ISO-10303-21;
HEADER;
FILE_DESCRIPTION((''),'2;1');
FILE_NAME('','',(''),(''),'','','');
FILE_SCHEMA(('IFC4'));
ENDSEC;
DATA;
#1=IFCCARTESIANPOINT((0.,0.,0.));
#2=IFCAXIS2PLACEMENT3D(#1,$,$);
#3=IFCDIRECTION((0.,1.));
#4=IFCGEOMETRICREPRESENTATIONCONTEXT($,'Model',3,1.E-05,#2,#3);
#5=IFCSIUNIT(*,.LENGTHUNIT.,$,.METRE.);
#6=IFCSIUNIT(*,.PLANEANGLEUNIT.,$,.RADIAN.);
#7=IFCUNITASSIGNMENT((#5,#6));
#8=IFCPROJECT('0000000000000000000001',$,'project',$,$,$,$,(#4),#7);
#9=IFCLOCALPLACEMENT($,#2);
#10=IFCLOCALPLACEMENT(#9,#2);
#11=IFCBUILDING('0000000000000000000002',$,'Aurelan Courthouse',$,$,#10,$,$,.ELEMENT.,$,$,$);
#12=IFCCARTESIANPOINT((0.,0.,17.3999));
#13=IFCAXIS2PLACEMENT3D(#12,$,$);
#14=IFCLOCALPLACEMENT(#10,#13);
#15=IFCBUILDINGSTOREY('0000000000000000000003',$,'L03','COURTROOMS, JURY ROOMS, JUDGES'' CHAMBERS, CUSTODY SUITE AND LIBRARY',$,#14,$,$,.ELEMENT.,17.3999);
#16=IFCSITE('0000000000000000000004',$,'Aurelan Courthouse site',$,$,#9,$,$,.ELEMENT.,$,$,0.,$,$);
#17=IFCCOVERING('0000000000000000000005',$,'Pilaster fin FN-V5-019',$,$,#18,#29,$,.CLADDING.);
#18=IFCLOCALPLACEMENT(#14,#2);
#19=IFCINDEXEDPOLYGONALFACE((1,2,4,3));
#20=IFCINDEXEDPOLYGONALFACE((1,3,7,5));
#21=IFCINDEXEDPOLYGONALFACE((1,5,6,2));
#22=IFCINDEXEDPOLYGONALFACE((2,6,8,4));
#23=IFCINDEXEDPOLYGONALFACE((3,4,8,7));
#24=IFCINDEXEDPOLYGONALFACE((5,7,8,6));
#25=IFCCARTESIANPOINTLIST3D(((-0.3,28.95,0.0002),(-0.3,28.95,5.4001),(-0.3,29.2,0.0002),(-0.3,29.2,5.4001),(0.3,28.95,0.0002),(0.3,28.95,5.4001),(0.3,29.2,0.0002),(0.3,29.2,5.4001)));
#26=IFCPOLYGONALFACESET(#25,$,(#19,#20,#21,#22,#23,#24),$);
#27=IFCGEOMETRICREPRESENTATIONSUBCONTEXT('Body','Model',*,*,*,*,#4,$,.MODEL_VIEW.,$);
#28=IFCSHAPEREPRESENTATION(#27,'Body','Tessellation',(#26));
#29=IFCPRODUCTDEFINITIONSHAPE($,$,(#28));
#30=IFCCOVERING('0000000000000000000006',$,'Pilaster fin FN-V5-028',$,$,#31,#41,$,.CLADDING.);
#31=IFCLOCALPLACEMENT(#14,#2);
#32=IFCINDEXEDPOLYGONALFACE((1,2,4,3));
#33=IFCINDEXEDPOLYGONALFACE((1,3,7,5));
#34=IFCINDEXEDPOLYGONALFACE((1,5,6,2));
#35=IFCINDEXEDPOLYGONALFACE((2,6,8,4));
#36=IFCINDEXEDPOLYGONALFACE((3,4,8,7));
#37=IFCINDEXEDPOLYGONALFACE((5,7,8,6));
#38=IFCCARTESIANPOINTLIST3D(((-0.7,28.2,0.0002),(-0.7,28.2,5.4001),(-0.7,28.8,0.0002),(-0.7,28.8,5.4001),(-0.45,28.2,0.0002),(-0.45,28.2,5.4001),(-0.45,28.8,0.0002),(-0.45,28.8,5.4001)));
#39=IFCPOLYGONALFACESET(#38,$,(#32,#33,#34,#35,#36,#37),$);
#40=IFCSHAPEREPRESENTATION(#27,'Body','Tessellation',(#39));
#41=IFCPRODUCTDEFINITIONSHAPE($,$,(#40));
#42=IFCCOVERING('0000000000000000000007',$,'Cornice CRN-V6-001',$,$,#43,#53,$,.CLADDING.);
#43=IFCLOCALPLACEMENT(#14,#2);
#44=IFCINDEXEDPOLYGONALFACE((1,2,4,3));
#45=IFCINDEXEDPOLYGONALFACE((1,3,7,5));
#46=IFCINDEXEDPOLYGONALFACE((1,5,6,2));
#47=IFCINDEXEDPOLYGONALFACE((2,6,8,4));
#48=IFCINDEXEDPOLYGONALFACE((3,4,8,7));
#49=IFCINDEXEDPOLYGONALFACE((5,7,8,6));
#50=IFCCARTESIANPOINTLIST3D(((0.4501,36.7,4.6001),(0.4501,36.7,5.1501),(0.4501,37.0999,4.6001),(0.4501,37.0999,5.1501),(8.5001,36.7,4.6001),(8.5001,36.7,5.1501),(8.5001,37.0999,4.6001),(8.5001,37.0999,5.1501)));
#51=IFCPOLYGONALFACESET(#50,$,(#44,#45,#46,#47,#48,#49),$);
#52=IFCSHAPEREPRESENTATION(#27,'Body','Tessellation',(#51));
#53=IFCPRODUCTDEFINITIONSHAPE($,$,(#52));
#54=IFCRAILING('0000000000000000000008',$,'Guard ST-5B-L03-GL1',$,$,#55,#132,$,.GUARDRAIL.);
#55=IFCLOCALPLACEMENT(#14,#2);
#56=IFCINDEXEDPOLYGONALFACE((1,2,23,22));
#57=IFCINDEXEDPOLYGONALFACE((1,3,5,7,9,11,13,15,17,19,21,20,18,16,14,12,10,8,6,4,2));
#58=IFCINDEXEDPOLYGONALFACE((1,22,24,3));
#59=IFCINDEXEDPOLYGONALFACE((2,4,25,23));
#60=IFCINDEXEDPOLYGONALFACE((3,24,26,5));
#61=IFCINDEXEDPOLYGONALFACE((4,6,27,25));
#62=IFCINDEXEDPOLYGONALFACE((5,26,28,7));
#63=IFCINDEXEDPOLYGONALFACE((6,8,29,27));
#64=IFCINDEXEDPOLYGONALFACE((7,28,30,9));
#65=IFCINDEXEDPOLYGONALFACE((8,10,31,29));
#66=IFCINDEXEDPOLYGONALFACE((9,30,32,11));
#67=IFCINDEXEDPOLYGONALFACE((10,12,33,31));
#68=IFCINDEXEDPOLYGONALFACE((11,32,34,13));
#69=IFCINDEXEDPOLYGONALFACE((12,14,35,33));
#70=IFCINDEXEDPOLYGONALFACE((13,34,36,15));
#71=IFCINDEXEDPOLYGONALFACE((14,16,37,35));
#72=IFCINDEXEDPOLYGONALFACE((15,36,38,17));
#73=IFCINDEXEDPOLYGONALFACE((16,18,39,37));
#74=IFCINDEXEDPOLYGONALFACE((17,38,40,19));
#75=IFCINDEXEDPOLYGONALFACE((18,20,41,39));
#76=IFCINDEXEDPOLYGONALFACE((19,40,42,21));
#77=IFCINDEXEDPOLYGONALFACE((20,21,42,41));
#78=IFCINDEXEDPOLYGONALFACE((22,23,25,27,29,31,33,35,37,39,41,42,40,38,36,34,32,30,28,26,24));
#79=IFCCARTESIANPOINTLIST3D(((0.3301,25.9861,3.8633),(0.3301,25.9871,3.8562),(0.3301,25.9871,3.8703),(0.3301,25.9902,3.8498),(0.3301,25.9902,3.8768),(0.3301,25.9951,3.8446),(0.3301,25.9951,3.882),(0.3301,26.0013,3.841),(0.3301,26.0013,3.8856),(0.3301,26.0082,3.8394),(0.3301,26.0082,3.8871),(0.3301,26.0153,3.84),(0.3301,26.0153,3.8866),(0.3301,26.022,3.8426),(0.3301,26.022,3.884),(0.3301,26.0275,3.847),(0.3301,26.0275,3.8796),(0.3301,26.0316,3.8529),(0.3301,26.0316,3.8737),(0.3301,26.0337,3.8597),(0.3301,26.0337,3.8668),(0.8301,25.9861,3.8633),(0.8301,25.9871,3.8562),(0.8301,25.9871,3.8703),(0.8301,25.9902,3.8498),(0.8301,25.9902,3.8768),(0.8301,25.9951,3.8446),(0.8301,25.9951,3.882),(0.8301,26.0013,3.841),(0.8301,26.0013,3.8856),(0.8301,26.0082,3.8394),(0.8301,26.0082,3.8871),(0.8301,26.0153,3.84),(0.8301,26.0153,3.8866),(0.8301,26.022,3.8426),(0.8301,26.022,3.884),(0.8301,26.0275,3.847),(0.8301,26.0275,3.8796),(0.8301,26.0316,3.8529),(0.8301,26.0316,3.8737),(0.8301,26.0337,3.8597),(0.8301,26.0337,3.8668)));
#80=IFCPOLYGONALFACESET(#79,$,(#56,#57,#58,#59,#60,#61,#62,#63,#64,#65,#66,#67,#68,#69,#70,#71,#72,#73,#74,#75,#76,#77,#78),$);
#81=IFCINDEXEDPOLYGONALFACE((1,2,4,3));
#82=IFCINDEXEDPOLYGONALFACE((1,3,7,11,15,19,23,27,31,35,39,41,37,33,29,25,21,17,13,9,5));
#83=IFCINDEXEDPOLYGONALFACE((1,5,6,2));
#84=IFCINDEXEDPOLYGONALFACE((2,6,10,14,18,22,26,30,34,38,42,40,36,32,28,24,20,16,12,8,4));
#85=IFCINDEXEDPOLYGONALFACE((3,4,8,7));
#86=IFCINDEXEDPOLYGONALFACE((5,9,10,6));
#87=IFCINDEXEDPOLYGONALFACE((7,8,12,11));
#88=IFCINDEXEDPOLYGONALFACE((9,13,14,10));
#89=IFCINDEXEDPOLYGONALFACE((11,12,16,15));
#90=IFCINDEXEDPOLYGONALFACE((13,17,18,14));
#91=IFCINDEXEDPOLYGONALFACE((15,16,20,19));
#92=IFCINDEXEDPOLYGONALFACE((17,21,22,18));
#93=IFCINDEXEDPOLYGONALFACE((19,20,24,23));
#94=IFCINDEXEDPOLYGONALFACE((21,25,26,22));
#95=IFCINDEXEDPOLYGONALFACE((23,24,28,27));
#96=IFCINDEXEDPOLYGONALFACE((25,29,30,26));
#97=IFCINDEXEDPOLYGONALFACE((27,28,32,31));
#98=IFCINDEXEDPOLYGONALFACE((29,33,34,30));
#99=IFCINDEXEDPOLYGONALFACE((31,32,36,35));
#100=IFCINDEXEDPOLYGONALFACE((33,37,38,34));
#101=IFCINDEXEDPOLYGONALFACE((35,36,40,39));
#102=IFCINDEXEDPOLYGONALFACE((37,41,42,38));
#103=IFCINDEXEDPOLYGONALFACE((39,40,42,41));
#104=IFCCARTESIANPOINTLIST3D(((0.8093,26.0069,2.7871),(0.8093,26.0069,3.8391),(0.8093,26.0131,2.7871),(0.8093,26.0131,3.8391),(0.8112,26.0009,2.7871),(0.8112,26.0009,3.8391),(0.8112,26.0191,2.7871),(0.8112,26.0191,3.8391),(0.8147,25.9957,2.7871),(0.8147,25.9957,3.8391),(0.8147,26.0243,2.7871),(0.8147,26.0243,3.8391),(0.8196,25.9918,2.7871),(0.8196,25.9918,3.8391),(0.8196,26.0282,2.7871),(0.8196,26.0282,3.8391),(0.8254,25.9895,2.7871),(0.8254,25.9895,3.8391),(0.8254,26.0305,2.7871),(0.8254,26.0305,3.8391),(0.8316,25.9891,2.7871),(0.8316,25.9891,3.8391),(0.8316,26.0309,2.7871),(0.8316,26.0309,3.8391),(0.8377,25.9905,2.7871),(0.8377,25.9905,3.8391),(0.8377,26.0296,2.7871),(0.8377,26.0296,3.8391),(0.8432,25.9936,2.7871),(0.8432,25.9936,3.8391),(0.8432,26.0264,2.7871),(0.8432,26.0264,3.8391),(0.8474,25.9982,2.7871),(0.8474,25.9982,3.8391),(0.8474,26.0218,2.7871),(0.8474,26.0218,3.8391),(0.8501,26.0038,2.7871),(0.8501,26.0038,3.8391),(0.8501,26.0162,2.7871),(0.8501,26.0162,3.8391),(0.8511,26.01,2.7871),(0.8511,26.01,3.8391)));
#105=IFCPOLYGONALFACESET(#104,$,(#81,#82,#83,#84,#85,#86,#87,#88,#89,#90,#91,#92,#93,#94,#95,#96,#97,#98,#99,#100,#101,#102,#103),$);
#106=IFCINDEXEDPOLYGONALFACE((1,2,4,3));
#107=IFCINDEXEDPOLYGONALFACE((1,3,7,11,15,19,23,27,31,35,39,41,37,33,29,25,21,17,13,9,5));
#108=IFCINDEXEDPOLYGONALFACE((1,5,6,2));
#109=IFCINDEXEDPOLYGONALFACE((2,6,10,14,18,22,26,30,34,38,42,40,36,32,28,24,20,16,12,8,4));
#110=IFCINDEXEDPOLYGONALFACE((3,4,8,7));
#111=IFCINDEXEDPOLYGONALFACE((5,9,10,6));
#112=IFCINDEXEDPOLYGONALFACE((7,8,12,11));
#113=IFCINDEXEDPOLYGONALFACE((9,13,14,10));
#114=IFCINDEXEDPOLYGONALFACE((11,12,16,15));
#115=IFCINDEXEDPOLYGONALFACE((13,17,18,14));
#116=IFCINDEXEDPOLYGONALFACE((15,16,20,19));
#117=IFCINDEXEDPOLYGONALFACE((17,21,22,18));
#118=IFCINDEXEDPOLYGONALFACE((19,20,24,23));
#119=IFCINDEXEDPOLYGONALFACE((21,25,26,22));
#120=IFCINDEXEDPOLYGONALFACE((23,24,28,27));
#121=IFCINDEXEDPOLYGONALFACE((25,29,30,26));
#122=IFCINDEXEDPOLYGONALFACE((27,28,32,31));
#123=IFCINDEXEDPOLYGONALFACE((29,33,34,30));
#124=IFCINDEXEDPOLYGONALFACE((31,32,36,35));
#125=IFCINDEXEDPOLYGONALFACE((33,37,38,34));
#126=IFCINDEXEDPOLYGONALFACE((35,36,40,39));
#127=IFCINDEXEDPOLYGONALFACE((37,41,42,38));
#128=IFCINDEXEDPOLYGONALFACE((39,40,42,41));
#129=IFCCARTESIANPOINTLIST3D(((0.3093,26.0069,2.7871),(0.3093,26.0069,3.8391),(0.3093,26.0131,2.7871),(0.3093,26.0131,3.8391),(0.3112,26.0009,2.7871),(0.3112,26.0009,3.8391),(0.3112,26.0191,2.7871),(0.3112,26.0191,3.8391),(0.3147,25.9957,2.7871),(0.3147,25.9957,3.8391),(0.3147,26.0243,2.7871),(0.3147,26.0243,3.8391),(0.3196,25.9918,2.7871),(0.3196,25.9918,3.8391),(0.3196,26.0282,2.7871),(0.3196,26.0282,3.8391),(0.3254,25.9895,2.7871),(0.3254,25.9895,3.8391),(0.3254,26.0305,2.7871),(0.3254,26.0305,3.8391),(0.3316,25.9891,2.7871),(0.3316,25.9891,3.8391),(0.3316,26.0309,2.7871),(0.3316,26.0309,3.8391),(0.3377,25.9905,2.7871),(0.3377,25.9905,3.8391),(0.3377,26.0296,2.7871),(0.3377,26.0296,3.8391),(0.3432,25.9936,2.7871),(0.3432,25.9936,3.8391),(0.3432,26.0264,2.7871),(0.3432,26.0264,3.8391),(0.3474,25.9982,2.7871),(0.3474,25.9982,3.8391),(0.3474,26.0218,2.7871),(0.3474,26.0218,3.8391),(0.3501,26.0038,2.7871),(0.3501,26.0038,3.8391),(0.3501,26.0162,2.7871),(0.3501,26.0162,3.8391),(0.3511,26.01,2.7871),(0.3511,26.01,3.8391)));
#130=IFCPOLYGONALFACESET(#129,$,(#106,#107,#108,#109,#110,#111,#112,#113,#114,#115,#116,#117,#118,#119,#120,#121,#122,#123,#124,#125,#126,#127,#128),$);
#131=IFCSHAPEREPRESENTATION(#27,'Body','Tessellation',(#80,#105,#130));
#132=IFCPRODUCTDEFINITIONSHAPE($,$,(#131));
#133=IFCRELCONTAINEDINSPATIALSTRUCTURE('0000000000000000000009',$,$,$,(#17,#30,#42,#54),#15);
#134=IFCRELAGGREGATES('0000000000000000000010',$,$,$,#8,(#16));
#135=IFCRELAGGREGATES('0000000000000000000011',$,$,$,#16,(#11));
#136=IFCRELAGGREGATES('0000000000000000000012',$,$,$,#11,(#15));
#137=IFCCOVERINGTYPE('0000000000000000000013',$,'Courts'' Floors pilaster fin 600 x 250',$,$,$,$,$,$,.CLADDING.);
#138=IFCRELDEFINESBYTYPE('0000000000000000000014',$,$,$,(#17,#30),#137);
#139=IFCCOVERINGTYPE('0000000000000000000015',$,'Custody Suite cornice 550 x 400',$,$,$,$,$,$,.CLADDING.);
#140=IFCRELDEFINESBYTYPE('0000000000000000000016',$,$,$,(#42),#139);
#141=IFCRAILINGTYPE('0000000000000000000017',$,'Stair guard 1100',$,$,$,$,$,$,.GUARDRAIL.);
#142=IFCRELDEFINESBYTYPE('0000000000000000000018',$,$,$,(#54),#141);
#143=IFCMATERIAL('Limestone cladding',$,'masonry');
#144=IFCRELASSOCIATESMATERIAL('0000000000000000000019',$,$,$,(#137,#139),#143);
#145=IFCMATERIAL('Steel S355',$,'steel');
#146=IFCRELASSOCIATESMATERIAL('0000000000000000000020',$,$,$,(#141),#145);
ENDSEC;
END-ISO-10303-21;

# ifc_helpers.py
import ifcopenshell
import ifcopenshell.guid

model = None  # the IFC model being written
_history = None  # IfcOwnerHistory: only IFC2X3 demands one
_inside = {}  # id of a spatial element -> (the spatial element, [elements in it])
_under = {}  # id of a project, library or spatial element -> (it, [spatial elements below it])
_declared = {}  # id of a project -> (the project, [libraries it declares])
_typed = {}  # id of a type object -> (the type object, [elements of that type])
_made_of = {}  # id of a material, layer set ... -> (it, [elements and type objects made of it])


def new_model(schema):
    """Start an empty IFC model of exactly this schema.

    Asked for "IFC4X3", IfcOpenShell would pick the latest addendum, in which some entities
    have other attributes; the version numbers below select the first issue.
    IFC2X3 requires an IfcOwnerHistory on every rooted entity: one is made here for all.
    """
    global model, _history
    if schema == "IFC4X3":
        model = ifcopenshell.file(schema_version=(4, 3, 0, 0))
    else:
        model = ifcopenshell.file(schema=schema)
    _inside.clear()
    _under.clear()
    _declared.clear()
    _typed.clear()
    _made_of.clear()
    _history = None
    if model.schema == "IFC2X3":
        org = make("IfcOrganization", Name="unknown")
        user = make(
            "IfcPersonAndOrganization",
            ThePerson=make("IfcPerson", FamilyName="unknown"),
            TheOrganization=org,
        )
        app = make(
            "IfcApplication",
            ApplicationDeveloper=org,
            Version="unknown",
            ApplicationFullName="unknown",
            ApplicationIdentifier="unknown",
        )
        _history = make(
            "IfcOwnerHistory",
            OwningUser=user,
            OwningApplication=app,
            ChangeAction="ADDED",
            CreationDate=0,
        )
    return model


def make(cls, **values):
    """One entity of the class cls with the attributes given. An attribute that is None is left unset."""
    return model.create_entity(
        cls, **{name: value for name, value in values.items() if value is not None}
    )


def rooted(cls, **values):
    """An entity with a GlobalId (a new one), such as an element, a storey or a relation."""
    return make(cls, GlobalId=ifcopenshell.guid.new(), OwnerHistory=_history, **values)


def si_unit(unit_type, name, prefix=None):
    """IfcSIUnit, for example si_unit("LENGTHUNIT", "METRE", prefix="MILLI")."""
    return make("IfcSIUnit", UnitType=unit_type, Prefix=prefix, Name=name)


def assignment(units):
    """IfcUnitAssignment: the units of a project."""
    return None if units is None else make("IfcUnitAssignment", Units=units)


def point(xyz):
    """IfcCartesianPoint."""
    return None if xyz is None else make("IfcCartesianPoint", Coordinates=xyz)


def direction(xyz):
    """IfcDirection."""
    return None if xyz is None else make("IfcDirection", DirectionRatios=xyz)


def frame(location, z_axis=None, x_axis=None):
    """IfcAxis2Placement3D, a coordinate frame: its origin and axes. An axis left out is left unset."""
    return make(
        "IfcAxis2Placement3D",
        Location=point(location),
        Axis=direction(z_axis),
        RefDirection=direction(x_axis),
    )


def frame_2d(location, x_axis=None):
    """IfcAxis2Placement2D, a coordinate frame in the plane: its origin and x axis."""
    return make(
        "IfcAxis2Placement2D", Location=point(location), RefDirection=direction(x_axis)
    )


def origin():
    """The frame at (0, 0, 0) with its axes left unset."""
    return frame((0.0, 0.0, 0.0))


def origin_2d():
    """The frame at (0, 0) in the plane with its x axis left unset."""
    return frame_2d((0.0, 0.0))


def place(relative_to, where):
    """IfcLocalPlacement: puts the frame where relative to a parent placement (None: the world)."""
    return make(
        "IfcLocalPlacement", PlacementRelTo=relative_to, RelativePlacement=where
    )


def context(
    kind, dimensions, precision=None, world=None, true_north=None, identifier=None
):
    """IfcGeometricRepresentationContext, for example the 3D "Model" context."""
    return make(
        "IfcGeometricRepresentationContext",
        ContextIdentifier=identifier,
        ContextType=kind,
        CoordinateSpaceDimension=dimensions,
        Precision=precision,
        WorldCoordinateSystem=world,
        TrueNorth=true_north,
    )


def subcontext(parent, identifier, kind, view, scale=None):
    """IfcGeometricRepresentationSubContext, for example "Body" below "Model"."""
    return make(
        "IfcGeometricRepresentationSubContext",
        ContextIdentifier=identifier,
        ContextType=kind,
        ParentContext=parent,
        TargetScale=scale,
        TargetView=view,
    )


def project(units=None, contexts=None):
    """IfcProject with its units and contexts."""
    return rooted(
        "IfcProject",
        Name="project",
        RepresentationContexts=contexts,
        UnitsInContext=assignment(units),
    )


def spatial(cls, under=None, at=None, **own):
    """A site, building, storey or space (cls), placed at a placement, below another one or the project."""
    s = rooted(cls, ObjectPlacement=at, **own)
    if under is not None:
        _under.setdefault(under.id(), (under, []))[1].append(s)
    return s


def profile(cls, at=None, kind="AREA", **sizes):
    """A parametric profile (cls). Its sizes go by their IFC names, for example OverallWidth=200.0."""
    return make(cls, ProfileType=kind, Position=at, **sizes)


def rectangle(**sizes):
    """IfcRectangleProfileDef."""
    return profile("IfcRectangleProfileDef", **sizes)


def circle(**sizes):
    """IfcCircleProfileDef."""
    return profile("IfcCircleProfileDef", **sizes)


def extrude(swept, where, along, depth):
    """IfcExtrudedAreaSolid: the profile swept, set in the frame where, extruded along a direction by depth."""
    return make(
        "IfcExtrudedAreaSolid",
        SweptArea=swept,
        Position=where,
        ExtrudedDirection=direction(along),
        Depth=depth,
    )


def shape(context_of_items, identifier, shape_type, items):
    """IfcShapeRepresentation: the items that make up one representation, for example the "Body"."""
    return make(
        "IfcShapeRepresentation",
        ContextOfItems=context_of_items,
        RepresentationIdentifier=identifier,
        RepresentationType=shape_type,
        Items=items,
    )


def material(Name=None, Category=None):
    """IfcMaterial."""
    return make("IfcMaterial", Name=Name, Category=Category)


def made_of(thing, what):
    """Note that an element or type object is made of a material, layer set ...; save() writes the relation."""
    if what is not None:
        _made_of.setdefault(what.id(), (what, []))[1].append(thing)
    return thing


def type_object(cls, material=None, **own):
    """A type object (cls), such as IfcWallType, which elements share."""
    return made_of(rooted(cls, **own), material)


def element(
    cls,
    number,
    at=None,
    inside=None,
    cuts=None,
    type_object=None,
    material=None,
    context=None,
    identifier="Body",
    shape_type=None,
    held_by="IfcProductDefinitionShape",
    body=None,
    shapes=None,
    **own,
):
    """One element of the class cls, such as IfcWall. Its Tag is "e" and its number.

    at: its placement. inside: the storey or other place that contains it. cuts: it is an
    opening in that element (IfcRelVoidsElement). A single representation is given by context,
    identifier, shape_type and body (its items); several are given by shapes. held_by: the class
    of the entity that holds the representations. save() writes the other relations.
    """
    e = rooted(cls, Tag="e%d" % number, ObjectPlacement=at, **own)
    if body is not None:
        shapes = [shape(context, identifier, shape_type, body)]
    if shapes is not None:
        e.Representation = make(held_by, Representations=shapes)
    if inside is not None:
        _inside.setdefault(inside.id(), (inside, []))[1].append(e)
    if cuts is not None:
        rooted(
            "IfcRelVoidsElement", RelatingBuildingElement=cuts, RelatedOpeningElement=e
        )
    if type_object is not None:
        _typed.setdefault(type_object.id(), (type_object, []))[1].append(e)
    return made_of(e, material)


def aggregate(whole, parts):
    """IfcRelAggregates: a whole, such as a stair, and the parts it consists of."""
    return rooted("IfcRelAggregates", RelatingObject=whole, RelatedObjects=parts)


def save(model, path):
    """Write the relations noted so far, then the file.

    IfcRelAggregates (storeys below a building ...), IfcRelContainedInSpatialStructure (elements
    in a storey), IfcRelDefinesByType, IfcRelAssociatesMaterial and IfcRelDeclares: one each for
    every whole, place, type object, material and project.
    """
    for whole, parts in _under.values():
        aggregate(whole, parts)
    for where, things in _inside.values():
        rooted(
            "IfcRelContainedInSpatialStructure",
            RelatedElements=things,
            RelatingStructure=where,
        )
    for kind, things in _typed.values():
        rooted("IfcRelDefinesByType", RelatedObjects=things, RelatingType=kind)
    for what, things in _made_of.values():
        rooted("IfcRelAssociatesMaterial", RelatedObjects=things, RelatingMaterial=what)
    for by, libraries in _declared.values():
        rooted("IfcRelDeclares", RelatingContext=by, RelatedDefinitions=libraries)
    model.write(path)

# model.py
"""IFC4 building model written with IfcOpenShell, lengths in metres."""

from ifc_helpers import new_model, si_unit, direction, frame, origin, origin_2d, place, context, subcontext, project, spatial, rectangle, circle, extrude, material, type_object, element, save


model = new_model("IFC4")

# Units and contexts
model_context = context("Model", 3, precision=1e-05, world=origin(), true_north=direction((0.0, 1.0)))
body_context = subcontext(model_context, "Body", "Model", "MODEL_VIEW")
ifc_project = project(units=[si_unit("LENGTHUNIT", "METRE"), si_unit("PLANEANGLEUNIT", "RADIAN")], contexts=[model_context])

# Site, building, storey
site_placement = place(None, origin())
site = spatial("IfcSite", under=ifc_project, at=site_placement, Name="Aurelan Courthouse site", CompositionType="ELEMENT", RefElevation=0.0)
building_placement = place(site_placement, origin())
building = spatial("IfcBuilding", under=site, at=building_placement, Name="Aurelan Courthouse", CompositionType="ELEMENT")
storey_placement = place(building_placement, frame((0.0, 0.0, 17.3999)))
storey = spatial("IfcBuildingStorey", under=building, at=storey_placement, Name="L03", Description="COURTROOMS, JURY ROOMS, JUDGES' CHAMBERS, CUSTODY SUITE AND LIBRARY", CompositionType="ELEMENT", Elevation=17.3999)

# Shared definitions
ifc_material_1 = material(Name="Limestone cladding", Category="masonry")

# Coverings
covering_type_1 = type_object("IfcCoveringType", Name="Courts' Floors pilaster fin 600 x 250", PredefinedType="CLADDING", material=ifc_material_1)
covering_1_placement = place(storey_placement, frame((0.0, 29.075, 0.0002), z_axis=(0.0, 0.0, 1.0), x_axis=(1.0, 0.0, 0.0)))
element("IfcCovering", 1, at=covering_1_placement, inside=storey, type_object=covering_type_1, Name="Pilaster fin FN-V5-019", PredefinedType="CLADDING", context=body_context, shape_type="SweptSolid", body=[
    extrude(rectangle(XDim=0.6001, YDim=0.25, at=origin_2d()), origin(), (0.0, 0.0, 1.0), 5.3999),
])
covering_2_placement = place(storey_placement, frame((-0.575, 28.5, 0.0002), z_axis=(0.0, 0.0, 1.0), x_axis=(1.0, 0.0, 0.0)))
element("IfcCovering", 2, at=covering_2_placement, inside=storey, type_object=covering_type_1, Name="Pilaster fin FN-V5-028", PredefinedType="CLADDING", context=body_context, shape_type="SweptSolid", body=[
    extrude(rectangle(XDim=0.25, YDim=0.6001, at=origin_2d()), origin(), (0.0, 0.0, 1.0), 5.3999),
])
covering_type_2 = type_object("IfcCoveringType", Name="Custody Suite cornice 550 x 400", PredefinedType="CLADDING", material=ifc_material_1)
covering_3_placement = place(storey_placement, frame((4.4751, 36.8999, 4.6001), z_axis=(0.0, 0.0, 1.0), x_axis=(1.0, 0.0, 0.0)))
element("IfcCovering", 3, at=covering_3_placement, inside=storey, type_object=covering_type_2, Name="Cornice CRN-V6-001", PredefinedType="CLADDING", context=body_context, shape_type="SweptSolid", body=[
    extrude(rectangle(XDim=8.05, YDim=0.3999, at=origin_2d()), origin(), (0.0, 0.0, 1.0), 0.55),
])

# Railing
ifc_material_2 = material(Name="Steel S355", Category="steel")
railing_type_1 = type_object("IfcRailingType", Name="Stair guard 1100", PredefinedType="GUARDRAIL", material=ifc_material_2)
railing_placement = place(storey_placement, frame((0.8301, 26.01, 2.7871)))
element("IfcRailing", 4, at=railing_placement, inside=storey, type_object=railing_type_1, Name="Guard ST-5B-L03-GL1", PredefinedType="GUARDRAIL", context=body_context, shape_type="SweptSolid", body=[
    extrude(circle(Radius=0.0239, at=origin_2d()), frame((0.0, 0.0, 1.0762), z_axis=(-1.0, 0.0, 0.0), x_axis=(0.0, -1.0, 0.0)), (0.0, 0.0, 1.0), 0.5),
    extrude(circle(Radius=0.021, at=origin_2d()), origin(), (0.0, 0.0, 1.0), 1.052),
    extrude(circle(Radius=0.021, at=origin_2d()), frame((-0.5, 0.0, 0.0)), (0.0, 0.0, 1.0), 1.052),
])

save(model, "model.ifc")
